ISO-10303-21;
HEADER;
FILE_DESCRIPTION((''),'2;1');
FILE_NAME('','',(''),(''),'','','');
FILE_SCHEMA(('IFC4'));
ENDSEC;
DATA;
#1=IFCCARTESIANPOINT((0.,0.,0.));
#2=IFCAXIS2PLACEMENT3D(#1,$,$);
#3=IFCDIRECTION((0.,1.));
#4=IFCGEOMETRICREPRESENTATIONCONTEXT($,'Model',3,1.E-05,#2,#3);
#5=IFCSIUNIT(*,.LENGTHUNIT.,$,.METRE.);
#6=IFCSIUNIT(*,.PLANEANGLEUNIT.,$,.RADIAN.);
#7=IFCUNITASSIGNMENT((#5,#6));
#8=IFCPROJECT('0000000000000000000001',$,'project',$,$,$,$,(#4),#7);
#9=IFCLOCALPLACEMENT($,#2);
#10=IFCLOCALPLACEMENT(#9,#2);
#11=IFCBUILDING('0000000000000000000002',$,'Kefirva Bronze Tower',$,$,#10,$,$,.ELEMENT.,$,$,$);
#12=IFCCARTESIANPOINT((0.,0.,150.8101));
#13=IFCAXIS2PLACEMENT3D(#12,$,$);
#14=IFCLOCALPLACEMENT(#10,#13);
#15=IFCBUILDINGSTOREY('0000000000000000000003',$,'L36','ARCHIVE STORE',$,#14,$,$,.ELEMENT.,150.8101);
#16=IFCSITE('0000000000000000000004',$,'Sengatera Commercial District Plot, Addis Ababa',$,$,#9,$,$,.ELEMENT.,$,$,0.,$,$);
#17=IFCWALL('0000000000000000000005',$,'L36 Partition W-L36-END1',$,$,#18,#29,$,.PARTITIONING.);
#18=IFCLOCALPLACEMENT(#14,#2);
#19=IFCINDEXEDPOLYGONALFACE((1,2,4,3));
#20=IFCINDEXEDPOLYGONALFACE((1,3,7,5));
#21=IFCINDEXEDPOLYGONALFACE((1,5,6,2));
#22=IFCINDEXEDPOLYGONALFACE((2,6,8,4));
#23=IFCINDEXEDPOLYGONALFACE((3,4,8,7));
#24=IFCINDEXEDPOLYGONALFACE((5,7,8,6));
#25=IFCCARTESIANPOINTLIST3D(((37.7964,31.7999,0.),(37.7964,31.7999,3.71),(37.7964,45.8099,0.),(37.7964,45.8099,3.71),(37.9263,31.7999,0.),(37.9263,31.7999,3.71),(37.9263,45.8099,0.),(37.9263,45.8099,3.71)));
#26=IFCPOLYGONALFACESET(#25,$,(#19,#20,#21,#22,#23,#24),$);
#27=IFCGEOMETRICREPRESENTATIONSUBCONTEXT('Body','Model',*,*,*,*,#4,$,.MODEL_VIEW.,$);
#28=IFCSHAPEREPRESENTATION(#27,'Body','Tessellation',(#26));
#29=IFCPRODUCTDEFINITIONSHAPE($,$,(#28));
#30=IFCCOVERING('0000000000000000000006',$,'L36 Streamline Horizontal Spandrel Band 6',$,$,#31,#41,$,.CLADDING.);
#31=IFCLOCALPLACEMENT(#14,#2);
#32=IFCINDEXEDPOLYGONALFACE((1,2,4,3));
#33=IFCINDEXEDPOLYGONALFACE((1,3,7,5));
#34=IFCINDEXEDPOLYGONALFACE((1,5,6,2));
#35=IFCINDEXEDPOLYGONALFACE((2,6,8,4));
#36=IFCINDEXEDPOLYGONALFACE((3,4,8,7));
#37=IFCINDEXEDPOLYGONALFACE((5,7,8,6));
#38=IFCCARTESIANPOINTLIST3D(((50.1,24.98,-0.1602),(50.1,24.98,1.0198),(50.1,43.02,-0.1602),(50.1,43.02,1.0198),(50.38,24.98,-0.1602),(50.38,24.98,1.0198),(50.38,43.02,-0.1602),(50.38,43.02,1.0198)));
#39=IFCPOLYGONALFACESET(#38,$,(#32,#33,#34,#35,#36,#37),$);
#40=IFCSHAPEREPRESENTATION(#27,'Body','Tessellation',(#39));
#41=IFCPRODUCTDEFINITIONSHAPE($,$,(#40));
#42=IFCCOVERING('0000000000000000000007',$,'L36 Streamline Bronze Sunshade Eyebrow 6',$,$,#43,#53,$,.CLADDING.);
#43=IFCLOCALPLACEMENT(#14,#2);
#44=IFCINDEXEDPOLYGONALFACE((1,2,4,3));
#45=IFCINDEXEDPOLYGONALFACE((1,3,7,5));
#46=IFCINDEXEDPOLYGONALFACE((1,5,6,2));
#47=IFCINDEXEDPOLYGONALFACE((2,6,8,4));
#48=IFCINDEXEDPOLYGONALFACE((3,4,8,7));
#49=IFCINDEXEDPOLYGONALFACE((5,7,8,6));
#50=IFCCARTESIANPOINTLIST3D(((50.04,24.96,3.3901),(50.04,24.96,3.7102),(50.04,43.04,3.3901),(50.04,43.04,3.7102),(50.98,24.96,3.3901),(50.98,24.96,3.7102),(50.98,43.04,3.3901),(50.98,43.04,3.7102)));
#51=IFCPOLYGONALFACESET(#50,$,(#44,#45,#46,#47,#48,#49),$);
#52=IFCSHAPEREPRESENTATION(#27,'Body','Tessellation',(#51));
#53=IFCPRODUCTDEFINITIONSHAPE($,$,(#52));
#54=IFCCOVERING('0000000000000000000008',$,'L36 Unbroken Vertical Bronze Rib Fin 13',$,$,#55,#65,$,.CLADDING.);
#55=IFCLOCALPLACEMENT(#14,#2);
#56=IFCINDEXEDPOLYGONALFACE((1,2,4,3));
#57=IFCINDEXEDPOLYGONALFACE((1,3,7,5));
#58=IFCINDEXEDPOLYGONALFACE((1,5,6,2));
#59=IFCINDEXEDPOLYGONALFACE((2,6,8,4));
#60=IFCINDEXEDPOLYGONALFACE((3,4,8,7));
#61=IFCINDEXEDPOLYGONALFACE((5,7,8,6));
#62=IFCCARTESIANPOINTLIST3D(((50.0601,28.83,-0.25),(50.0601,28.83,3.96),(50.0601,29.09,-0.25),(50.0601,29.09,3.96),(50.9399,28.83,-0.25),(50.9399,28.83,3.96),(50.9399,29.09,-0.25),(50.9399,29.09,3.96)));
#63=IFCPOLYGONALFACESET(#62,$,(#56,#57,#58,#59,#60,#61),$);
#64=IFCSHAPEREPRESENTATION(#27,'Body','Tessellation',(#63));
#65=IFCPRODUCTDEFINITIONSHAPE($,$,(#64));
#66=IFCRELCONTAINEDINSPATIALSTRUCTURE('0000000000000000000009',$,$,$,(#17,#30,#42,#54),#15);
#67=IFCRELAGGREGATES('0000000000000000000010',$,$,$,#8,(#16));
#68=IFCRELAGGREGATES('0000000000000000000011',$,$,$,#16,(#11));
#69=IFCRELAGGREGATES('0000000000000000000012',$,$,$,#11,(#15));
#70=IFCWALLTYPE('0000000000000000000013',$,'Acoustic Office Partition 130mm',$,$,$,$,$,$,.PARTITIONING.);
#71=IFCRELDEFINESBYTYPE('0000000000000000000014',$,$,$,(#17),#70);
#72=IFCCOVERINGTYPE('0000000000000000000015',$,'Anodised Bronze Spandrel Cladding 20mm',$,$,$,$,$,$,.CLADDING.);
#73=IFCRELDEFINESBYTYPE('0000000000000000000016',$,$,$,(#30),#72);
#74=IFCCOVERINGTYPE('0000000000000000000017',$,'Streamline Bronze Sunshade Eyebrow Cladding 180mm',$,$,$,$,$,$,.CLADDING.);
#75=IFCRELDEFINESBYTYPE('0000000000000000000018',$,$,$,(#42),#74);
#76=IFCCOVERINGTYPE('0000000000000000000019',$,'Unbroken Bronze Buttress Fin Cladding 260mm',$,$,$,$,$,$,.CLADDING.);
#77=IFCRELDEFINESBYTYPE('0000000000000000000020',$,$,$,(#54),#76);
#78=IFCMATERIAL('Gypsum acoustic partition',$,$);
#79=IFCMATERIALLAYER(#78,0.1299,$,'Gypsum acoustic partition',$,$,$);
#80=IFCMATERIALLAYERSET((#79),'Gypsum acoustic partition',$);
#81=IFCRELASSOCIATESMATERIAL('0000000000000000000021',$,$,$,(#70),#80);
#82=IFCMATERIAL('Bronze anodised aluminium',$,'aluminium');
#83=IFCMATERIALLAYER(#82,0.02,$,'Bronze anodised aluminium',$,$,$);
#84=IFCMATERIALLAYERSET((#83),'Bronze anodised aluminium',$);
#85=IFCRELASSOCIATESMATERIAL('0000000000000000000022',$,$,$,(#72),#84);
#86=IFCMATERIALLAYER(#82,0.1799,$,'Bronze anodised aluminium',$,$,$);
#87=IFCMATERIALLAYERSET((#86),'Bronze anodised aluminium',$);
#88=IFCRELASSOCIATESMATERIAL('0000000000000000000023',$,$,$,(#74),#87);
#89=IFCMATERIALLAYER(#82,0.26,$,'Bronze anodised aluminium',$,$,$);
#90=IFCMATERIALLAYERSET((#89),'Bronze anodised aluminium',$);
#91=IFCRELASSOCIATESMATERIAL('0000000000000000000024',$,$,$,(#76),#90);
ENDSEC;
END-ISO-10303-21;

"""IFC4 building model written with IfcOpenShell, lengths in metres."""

from ifc_helpers import new_model, si_unit, direction, frame, frame_2d, origin, origin_2d, place, context, subcontext, project, spatial, rectangle, extrude, material, layer, layer_set, type_object, element, save


model = new_model("IFC4")

# Units and contexts
model_context = context("Model", 3, precision=1e-05, world=origin(), true_north=direction((0.0, 1.0)))
body_context = subcontext(model_context, "Body", "Model", "MODEL_VIEW")
ifc_project = project(units=[si_unit("LENGTHUNIT", "METRE"), si_unit("PLANEANGLEUNIT", "RADIAN")], contexts=[model_context])

# Site, building, storey
site_placement = place(None, origin())
site = spatial("IfcSite", under=ifc_project, at=site_placement, Name="Sengatera Commercial District Plot, Addis Ababa", CompositionType="ELEMENT", RefElevation=0.0)
building_placement = place(site_placement, origin())
building = spatial("IfcBuilding", under=site, at=building_placement, Name="Kefirva Bronze Tower", CompositionType="ELEMENT")
storey_placement = place(building_placement, frame((0.0, 0.0, 150.8101)))
storey = spatial("IfcBuildingStorey", under=building, at=storey_placement, Name="L36", Description="ARCHIVE STORE", CompositionType="ELEMENT", Elevation=150.8101)

# Shared definitions
ifc_material_1 = material(Name="Bronze anodised aluminium", Category="aluminium")

# Wall
ifc_material_2 = material(Name="Gypsum acoustic partition")
ifc_layer_1 = layer(ifc_material_2, 0.1299, Name="Gypsum acoustic partition")
ifc_layer_set_1 = layer_set([ifc_layer_1], Name="Gypsum acoustic partition")
wall_type = type_object("IfcWallType", Name="Acoustic Office Partition 130mm", PredefinedType="PARTITIONING", material=ifc_layer_set_1)
wall_placement = place(storey_placement, frame((37.8613, 31.8, 0.0), z_axis=(0.0, 0.0, 1.0), x_axis=(0.0, 1.0, 0.0)))
element("IfcWall", 1, at=wall_placement, inside=storey, type_object=wall_type, Name="L36 Partition W-L36-END1", PredefinedType="PARTITIONING", context=body_context, shape_type="SweptSolid", body=[
    extrude(rectangle(XDim=14.01, YDim=0.1299, at=frame_2d((7.0049, 0.0))), origin(), (0.0, 0.0, 1.0), 3.71),
])

# Coverings
ifc_layer_2 = layer(ifc_material_1, 0.02, Name="Bronze anodised aluminium")
ifc_layer_set_2 = layer_set([ifc_layer_2], Name="Bronze anodised aluminium")
covering_type_1 = type_object("IfcCoveringType", Name="Anodised Bronze Spandrel Cladding 20mm", PredefinedType="CLADDING", material=ifc_layer_set_2)
covering_1_placement = place(storey_placement, frame((50.24, 34.0, -0.1602), z_axis=(0.0, 0.0, 1.0), x_axis=(0.0, 1.0, 0.0)))
element("IfcCovering", 2, at=covering_1_placement, inside=storey, type_object=covering_type_1, Name="L36 Streamline Horizontal Spandrel Band 6", PredefinedType="CLADDING", context=body_context, shape_type="SweptSolid", body=[
    extrude(rectangle(XDim=18.04, YDim=0.28, at=origin_2d()), origin(), (0.0, 0.0, 1.0), 1.1799),
])
ifc_layer_3 = layer(ifc_material_1, 0.1799, Name="Bronze anodised aluminium")
ifc_layer_set_3 = layer_set([ifc_layer_3], Name="Bronze anodised aluminium")
covering_type_2 = type_object("IfcCoveringType", Name="Streamline Bronze Sunshade Eyebrow Cladding 180mm", PredefinedType="CLADDING", material=ifc_layer_set_3)
covering_2_placement = place(storey_placement, frame((50.51, 34.0, 3.3901), z_axis=(0.0, 0.0, 1.0), x_axis=(0.0, 1.0, 0.0)))
element("IfcCovering", 3, at=covering_2_placement, inside=storey, type_object=covering_type_2, Name="L36 Streamline Bronze Sunshade Eyebrow 6", PredefinedType="CLADDING", context=body_context, shape_type="SweptSolid", body=[
    extrude(rectangle(XDim=18.0801, YDim=0.9399, at=origin_2d()), origin(), (0.0, 0.0, 1.0), 0.3201),
])
ifc_layer_4 = layer(ifc_material_1, 0.26, Name="Bronze anodised aluminium")
ifc_layer_set_4 = layer_set([ifc_layer_4], Name="Bronze anodised aluminium")
covering_type_3 = type_object("IfcCoveringType", Name="Unbroken Bronze Buttress Fin Cladding 260mm", PredefinedType="CLADDING", material=ifc_layer_set_4)
covering_3_placement = place(storey_placement, frame((50.5, 28.96, -0.25), z_axis=(0.0, 0.0, 1.0), x_axis=(0.0, 1.0, 0.0)))
element("IfcCovering", 4, at=covering_3_placement, inside=storey, type_object=covering_type_3, Name="L36 Unbroken Vertical Bronze Rib Fin 13", PredefinedType="CLADDING", context=body_context, shape_type="SweptSolid", body=[
    extrude(rectangle(XDim=0.26, YDim=0.8799, at=origin_2d()), origin(), (0.0, 0.0, 1.0), 4.21),
])

save(model, "model.ifc")
